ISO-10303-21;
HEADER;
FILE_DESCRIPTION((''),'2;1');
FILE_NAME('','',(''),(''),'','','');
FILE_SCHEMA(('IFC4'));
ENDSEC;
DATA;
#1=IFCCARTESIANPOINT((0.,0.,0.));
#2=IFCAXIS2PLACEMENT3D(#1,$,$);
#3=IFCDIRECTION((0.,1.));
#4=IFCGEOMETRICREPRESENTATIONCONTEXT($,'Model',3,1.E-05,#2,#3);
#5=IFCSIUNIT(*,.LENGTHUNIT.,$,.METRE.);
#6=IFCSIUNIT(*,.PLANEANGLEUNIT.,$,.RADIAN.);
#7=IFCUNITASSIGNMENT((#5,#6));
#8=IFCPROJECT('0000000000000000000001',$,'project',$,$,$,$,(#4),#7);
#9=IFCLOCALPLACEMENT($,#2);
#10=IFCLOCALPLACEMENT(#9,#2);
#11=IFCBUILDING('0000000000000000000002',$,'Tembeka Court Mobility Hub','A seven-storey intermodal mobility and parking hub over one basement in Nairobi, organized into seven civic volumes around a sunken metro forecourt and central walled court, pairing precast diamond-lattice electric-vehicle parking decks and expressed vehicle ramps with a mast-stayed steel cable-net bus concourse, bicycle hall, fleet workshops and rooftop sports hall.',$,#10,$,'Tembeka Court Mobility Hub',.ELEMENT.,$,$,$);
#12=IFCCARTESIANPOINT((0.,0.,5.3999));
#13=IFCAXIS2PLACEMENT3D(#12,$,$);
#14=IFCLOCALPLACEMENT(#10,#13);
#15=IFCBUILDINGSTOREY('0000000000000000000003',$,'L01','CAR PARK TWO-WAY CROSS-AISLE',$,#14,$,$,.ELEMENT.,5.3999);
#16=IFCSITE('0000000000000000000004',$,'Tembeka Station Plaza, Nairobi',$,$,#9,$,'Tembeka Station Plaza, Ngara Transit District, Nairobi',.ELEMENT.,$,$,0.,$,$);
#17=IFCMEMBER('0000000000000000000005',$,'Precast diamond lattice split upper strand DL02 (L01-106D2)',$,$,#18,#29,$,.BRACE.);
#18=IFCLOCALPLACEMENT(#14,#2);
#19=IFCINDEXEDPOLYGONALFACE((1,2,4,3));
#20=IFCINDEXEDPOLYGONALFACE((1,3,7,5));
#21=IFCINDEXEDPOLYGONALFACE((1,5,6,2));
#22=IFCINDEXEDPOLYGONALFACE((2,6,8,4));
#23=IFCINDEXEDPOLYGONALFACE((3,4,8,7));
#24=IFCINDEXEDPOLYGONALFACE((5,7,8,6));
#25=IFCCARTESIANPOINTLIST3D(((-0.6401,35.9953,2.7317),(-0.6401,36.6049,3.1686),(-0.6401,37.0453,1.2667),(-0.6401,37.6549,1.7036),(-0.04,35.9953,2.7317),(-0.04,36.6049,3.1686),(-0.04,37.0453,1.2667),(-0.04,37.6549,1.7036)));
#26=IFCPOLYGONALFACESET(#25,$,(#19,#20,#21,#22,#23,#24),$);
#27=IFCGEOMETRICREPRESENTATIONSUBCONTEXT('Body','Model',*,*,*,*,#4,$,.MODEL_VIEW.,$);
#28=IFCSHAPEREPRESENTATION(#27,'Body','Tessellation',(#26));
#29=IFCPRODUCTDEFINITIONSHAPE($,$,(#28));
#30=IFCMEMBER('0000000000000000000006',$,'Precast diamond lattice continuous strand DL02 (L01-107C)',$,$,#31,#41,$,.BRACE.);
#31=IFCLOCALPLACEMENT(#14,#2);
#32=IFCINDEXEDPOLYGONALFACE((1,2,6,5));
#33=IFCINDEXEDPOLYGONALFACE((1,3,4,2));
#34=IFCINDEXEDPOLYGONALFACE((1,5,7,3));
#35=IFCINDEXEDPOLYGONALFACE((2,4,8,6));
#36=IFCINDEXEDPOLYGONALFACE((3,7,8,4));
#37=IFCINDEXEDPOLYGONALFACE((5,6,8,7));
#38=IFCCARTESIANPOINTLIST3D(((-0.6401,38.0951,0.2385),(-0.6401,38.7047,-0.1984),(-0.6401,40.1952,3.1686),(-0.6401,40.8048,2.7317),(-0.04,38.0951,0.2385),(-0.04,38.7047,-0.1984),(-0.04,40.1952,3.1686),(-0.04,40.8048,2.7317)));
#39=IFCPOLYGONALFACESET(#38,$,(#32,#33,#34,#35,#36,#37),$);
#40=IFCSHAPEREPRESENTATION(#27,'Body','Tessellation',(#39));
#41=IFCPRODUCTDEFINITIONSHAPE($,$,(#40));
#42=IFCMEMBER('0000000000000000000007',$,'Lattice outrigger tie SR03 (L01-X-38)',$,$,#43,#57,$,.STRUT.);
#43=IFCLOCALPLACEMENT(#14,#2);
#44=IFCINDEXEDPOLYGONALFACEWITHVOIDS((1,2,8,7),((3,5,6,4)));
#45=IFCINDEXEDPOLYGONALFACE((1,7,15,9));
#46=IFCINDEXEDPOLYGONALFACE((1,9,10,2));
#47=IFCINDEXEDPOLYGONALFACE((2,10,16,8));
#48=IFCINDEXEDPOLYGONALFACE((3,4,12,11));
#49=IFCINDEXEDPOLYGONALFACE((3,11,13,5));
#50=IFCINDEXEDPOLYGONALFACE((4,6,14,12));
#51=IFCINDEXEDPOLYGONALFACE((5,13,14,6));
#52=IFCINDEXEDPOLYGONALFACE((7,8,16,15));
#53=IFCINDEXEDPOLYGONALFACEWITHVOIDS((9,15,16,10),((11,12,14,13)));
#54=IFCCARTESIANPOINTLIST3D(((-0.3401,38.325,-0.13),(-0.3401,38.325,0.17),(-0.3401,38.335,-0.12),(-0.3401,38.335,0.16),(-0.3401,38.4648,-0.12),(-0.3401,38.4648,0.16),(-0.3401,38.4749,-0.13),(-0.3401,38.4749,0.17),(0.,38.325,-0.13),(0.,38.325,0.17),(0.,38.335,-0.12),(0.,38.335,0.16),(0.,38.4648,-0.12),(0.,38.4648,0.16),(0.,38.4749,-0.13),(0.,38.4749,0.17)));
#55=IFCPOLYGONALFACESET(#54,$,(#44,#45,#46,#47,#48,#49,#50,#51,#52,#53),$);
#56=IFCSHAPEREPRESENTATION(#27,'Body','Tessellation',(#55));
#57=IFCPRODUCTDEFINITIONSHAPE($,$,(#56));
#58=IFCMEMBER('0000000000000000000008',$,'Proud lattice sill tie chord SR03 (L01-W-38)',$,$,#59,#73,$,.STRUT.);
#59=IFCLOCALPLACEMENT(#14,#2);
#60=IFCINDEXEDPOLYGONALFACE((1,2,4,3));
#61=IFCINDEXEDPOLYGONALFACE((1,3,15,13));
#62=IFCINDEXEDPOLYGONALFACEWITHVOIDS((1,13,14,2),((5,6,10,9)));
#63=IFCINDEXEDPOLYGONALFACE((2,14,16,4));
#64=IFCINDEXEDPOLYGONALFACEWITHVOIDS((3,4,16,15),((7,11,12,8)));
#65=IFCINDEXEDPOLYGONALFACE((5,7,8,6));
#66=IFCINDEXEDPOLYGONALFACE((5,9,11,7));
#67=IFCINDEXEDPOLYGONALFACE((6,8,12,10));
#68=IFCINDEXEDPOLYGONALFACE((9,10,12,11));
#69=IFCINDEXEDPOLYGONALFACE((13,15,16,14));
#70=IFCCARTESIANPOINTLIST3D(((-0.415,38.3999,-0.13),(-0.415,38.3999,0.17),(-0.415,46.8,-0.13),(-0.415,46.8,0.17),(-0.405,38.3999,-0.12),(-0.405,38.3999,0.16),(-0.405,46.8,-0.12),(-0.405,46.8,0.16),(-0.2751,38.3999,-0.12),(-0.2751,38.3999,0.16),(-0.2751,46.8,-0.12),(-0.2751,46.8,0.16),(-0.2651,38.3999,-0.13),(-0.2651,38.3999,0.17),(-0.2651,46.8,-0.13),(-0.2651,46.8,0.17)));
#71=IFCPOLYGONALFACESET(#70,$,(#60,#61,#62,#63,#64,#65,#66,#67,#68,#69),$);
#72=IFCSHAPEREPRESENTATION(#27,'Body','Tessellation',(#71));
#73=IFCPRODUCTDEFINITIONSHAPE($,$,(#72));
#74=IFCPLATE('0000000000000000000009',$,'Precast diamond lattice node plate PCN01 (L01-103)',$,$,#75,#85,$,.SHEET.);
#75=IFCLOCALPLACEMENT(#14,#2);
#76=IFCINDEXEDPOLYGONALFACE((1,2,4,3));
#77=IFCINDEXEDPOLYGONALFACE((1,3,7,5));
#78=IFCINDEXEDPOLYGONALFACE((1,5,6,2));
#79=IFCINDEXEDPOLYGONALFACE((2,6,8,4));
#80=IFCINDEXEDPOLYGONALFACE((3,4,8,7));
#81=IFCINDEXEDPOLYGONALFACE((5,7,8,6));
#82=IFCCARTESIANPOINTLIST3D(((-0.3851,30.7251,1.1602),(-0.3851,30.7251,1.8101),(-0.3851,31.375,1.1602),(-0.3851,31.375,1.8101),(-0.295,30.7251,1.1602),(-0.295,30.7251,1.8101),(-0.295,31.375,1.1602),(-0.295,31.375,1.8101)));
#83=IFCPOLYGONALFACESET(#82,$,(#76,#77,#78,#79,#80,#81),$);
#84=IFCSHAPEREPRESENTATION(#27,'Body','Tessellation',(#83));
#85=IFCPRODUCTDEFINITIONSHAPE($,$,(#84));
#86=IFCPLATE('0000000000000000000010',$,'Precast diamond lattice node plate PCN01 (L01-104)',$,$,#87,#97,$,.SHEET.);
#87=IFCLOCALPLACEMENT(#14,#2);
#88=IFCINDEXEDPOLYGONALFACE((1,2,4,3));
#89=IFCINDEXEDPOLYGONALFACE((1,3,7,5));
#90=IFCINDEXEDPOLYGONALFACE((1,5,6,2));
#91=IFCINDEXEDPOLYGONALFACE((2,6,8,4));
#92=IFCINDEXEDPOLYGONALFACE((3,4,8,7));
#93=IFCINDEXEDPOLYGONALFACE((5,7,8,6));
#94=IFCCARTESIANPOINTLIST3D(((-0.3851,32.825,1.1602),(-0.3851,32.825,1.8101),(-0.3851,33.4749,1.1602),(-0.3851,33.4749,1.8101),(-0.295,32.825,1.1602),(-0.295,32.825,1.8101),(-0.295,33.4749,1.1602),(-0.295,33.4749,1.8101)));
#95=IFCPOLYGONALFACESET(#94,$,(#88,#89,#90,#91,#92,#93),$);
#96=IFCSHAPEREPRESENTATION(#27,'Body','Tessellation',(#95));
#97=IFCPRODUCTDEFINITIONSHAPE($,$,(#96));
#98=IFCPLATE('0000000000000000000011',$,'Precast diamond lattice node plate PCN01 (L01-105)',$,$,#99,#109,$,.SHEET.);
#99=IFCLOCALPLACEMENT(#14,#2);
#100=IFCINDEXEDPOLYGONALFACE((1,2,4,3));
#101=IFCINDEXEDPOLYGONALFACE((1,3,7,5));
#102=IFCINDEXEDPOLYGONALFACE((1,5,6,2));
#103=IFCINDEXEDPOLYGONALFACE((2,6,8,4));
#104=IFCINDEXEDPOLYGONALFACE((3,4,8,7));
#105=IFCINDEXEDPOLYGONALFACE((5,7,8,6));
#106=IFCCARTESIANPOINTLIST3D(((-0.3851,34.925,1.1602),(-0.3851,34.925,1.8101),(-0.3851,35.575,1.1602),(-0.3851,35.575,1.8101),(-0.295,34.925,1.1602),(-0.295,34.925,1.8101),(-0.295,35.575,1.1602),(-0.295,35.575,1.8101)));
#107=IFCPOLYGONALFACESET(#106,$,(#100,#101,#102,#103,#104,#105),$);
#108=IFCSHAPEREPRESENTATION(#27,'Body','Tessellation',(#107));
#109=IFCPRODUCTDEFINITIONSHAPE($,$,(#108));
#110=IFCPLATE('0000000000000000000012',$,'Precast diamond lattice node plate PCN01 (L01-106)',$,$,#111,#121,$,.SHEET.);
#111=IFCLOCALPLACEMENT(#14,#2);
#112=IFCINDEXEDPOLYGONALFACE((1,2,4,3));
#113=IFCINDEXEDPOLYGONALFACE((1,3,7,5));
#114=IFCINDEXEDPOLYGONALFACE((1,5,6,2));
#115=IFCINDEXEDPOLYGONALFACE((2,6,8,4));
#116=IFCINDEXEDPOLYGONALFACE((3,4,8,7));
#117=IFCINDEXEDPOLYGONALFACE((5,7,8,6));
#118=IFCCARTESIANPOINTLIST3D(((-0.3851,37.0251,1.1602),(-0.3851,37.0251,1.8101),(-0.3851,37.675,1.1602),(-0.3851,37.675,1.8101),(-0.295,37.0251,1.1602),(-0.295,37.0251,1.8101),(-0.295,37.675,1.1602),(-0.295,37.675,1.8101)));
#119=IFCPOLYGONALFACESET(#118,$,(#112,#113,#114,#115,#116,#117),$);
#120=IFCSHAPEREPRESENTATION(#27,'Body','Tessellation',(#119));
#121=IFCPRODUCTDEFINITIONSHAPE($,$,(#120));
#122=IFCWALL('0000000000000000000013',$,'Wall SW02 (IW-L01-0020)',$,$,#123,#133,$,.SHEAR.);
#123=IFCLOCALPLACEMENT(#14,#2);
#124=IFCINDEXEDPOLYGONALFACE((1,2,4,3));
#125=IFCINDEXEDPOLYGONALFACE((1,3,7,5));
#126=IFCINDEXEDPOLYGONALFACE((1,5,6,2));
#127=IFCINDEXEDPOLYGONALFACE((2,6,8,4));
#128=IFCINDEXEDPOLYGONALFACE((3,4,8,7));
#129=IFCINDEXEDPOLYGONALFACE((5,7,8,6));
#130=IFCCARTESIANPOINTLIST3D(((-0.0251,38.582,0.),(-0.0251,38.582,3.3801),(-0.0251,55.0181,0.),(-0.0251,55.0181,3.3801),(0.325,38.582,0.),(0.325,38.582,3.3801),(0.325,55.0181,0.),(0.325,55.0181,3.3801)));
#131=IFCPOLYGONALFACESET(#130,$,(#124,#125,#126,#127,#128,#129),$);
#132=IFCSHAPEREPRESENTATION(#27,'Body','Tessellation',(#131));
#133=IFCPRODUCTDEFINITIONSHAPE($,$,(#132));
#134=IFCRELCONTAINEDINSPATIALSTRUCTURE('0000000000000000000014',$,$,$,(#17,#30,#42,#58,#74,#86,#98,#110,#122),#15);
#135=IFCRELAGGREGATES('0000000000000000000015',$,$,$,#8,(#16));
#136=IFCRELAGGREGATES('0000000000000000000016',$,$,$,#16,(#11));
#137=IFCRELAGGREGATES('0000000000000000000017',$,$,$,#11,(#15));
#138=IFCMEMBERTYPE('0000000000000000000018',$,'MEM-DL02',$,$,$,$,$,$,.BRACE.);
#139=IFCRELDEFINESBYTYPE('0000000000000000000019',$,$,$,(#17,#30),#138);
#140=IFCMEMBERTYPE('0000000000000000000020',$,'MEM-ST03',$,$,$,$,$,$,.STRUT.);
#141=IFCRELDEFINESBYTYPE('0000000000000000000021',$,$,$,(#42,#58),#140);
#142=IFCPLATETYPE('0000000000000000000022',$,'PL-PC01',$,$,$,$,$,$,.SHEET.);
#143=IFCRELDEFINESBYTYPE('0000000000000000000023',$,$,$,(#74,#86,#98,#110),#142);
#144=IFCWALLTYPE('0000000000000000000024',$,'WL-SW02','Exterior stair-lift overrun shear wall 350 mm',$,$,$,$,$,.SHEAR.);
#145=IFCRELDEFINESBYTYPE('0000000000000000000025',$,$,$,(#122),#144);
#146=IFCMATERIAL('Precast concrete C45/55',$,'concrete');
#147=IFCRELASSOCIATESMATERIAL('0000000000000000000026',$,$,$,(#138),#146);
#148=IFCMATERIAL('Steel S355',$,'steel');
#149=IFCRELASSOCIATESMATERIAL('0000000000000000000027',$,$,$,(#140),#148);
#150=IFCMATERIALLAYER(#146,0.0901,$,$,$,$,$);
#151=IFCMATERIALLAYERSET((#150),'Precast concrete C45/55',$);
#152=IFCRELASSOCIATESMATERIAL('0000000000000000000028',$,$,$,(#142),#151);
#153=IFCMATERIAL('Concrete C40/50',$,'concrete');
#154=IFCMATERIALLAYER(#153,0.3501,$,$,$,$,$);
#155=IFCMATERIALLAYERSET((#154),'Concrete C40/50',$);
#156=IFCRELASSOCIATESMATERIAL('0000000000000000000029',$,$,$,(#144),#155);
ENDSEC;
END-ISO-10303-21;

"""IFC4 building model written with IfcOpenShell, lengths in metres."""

from ifc_helpers import new_model, si_unit, direction, frame, frame_2d, origin, origin_2d, place, context, subcontext, project, spatial, rectangle, hollow_rectangle, extrude, material, layer, layer_set, material_profile, profile_set, type_object, element, save


model = new_model("IFC4")

# Units and contexts
model_context = context("Model", 3, precision=1e-05, world=origin(), true_north=direction((0.0, 1.0)))
body_context = subcontext(model_context, "Body", "Model", "MODEL_VIEW")
ifc_project = project(units=[si_unit("LENGTHUNIT", "METRE"), si_unit("PLANEANGLEUNIT", "RADIAN")], contexts=[model_context])

# Site, building, storey
site_placement = place(None, origin())
site = spatial("IfcSite", under=ifc_project, at=site_placement, Name="Tembeka Station Plaza, Nairobi", LongName="Tembeka Station Plaza, Ngara Transit District, Nairobi", CompositionType="ELEMENT", RefElevation=0.0)
building_placement = place(site_placement, origin())
building = spatial("IfcBuilding", under=site, at=building_placement, Name="Tembeka Court Mobility Hub", Description="A seven-storey intermodal mobility and parking hub over one basement in Nairobi, organized into seven civic volumes around a sunken metro forecourt and central walled court, pairing precast diamond-lattice electric-vehicle parking decks and expressed vehicle ramps with a mast-stayed steel cable-net bus concourse, bicycle hall, fleet workshops and rooftop sports hall.", LongName="Tembeka Court Mobility Hub", CompositionType="ELEMENT")
storey_placement = place(building_placement, frame((0.0, 0.0, 5.3999)))
storey = spatial("IfcBuildingStorey", under=building, at=storey_placement, Name="L01", Description="CAR PARK TWO-WAY CROSS-AISLE", CompositionType="ELEMENT", Elevation=5.3999)

# Shared definitions
ifc_material_1 = material(Name="Steel S355", Category="steel")

# Shared definitions
ifc_material_2 = material(Name="Precast concrete C45/55", Category="concrete")

# Members
ifc_material_profile_1 = material_profile(ifc_material_2, rectangle(XDim=0.6001, YDim=0.75, at=origin_2d()), Name="PC-DIAG 600x750")
ifc_profile_set_1 = profile_set([ifc_material_profile_1], Name="Precast concrete C45/55")
member_type_1 = type_object("IfcMemberType", Name="MEM-DL02", PredefinedType="BRACE", material=ifc_profile_set_1)
for number, where, z_axis, x_axis, name in (
    (1, (-0.3401, 37.3501, 1.4851), (0.0, -0.582544, 0.812799), (1.0, 0.0, 0.0), "Precast diamond lattice split upper strand DL02 (L01-106D2)"),
):
    element("IfcMember", number, at=place(storey_placement, frame(where, z_axis=z_axis, x_axis=x_axis)), inside=storey, type_object=member_type_1, Name=name, PredefinedType="BRACE", context=body_context, shape_type="SweptSolid", body=[
        extrude(rectangle(XDim=0.6001, YDim=0.75, at=origin_2d()), origin(), (0.0, 0.0, 1.0), 1.8025),
    ])
member_1_placement = place(storey_placement, frame((-0.3401, 38.3999, 0.02), z_axis=(0.0, 0.582544, 0.812799), x_axis=(-1.0, 0.0, 0.0)))
element("IfcMember", 2, at=member_1_placement, inside=storey, type_object=member_type_1, Name="Precast diamond lattice continuous strand DL02 (L01-107C)", PredefinedType="BRACE", context=body_context, shape_type="SweptSolid", body=[
    extrude(rectangle(XDim=0.6001, YDim=0.75, at=origin_2d()), origin(), (0.0, 0.0, 1.0), 3.605),
])
ifc_material_profile_2 = material_profile(ifc_material_1, hollow_rectangle(XDim=0.1499, YDim=0.3, WallThickness=0.01, at=origin_2d()), Name="RHS 300x150x10")
ifc_profile_set_2 = profile_set([ifc_material_profile_2], Name="Steel S355")
member_type_2 = type_object("IfcMemberType", Name="MEM-ST03", PredefinedType="STRUT", material=ifc_profile_set_2)
member_2_placement = place(storey_placement, frame((0.0, 38.3999, 0.02), z_axis=(-1.0, 0.0, 0.0), x_axis=(0.0, -1.0, 0.0)))
element("IfcMember", 3, at=member_2_placement, inside=storey, type_object=member_type_2, Name="Lattice outrigger tie SR03 (L01-X-38)", PredefinedType="STRUT", context=body_context, shape_type="SweptSolid", body=[
    extrude(hollow_rectangle(XDim=0.1499, YDim=0.3, WallThickness=0.01, at=origin_2d()), origin(), (0.0, 0.0, 1.0), 0.3401),
])
member_3_placement = place(storey_placement, frame((-0.3401, 38.3999, 0.02), z_axis=(0.0, 1.0, 0.0), x_axis=(-1.0, 0.0, 0.0)))
element("IfcMember", 4, at=member_3_placement, inside=storey, type_object=member_type_2, Name="Proud lattice sill tie chord SR03 (L01-W-38)", PredefinedType="STRUT", context=body_context, shape_type="SweptSolid", body=[
    extrude(hollow_rectangle(XDim=0.1499, YDim=0.3, WallThickness=0.01, at=origin_2d()), origin(), (0.0, 0.0, 1.0), 8.4001),
])

# Plates
ifc_layer_1 = layer(ifc_material_2, 0.0901)
ifc_layer_set_1 = layer_set([ifc_layer_1], Name="Precast concrete C45/55")
plate_type = type_object("IfcPlateType", Name="PL-PC01", PredefinedType="SHEET", material=ifc_layer_set_1)
for number, where, z_axis, x_axis, name in (
    (5, (-0.3401, 31.05, 1.1602), (0.0, 0.0, 1.0), (1.0, 0.0, 0.0), "Precast diamond lattice node plate PCN01 (L01-103)"),
    (6, (-0.3401, 33.1499, 1.1602), (0.0, 0.0, 1.0), (1.0, 0.0, 0.0), "Precast diamond lattice node plate PCN01 (L01-104)"),
    (7, (-0.3401, 35.25, 1.1602), (0.0, 0.0, 1.0), (1.0, 0.0, 0.0), "Precast diamond lattice node plate PCN01 (L01-105)"),
    (8, (-0.3401, 37.3501, 1.1602), (0.0, 0.0, 1.0), (1.0, 0.0, 0.0), "Precast diamond lattice node plate PCN01 (L01-106)"),
):
    element("IfcPlate", number, at=place(storey_placement, frame(where, z_axis=z_axis, x_axis=x_axis)), inside=storey, type_object=plate_type, Name=name, PredefinedType="SHEET", context=body_context, shape_type="SweptSolid", body=[
        extrude(rectangle(XDim=0.0901, YDim=0.6499, at=origin_2d()), origin(), (0.0, 0.0, 1.0), 0.6499),
    ])

# Wall
ifc_material_3 = material(Name="Concrete C40/50", Category="concrete")
ifc_layer_2 = layer(ifc_material_3, 0.3501)
ifc_layer_set_2 = layer_set([ifc_layer_2], Name="Concrete C40/50")
wall_type = type_object("IfcWallType", Name="WL-SW02", Description="Exterior stair-lift overrun shear wall 350 mm", PredefinedType="SHEAR", material=ifc_layer_set_2)
wall_placement = place(storey_placement, frame((0.1499, 38.582, 0.0), z_axis=(0.0, 0.0, 1.0), x_axis=(0.0, 1.0, 0.0)))
element("IfcWall", 9, at=wall_placement, inside=storey, type_object=wall_type, Name="Wall SW02 (IW-L01-0020)", PredefinedType="SHEAR", context=body_context, shape_type="SweptSolid", body=[
    extrude(rectangle(XDim=16.436, YDim=0.3501, at=frame_2d((8.218, 0.0))), origin(), (0.0, 0.0, 1.0), 3.3801),
])

save(model, "model.ifc")
